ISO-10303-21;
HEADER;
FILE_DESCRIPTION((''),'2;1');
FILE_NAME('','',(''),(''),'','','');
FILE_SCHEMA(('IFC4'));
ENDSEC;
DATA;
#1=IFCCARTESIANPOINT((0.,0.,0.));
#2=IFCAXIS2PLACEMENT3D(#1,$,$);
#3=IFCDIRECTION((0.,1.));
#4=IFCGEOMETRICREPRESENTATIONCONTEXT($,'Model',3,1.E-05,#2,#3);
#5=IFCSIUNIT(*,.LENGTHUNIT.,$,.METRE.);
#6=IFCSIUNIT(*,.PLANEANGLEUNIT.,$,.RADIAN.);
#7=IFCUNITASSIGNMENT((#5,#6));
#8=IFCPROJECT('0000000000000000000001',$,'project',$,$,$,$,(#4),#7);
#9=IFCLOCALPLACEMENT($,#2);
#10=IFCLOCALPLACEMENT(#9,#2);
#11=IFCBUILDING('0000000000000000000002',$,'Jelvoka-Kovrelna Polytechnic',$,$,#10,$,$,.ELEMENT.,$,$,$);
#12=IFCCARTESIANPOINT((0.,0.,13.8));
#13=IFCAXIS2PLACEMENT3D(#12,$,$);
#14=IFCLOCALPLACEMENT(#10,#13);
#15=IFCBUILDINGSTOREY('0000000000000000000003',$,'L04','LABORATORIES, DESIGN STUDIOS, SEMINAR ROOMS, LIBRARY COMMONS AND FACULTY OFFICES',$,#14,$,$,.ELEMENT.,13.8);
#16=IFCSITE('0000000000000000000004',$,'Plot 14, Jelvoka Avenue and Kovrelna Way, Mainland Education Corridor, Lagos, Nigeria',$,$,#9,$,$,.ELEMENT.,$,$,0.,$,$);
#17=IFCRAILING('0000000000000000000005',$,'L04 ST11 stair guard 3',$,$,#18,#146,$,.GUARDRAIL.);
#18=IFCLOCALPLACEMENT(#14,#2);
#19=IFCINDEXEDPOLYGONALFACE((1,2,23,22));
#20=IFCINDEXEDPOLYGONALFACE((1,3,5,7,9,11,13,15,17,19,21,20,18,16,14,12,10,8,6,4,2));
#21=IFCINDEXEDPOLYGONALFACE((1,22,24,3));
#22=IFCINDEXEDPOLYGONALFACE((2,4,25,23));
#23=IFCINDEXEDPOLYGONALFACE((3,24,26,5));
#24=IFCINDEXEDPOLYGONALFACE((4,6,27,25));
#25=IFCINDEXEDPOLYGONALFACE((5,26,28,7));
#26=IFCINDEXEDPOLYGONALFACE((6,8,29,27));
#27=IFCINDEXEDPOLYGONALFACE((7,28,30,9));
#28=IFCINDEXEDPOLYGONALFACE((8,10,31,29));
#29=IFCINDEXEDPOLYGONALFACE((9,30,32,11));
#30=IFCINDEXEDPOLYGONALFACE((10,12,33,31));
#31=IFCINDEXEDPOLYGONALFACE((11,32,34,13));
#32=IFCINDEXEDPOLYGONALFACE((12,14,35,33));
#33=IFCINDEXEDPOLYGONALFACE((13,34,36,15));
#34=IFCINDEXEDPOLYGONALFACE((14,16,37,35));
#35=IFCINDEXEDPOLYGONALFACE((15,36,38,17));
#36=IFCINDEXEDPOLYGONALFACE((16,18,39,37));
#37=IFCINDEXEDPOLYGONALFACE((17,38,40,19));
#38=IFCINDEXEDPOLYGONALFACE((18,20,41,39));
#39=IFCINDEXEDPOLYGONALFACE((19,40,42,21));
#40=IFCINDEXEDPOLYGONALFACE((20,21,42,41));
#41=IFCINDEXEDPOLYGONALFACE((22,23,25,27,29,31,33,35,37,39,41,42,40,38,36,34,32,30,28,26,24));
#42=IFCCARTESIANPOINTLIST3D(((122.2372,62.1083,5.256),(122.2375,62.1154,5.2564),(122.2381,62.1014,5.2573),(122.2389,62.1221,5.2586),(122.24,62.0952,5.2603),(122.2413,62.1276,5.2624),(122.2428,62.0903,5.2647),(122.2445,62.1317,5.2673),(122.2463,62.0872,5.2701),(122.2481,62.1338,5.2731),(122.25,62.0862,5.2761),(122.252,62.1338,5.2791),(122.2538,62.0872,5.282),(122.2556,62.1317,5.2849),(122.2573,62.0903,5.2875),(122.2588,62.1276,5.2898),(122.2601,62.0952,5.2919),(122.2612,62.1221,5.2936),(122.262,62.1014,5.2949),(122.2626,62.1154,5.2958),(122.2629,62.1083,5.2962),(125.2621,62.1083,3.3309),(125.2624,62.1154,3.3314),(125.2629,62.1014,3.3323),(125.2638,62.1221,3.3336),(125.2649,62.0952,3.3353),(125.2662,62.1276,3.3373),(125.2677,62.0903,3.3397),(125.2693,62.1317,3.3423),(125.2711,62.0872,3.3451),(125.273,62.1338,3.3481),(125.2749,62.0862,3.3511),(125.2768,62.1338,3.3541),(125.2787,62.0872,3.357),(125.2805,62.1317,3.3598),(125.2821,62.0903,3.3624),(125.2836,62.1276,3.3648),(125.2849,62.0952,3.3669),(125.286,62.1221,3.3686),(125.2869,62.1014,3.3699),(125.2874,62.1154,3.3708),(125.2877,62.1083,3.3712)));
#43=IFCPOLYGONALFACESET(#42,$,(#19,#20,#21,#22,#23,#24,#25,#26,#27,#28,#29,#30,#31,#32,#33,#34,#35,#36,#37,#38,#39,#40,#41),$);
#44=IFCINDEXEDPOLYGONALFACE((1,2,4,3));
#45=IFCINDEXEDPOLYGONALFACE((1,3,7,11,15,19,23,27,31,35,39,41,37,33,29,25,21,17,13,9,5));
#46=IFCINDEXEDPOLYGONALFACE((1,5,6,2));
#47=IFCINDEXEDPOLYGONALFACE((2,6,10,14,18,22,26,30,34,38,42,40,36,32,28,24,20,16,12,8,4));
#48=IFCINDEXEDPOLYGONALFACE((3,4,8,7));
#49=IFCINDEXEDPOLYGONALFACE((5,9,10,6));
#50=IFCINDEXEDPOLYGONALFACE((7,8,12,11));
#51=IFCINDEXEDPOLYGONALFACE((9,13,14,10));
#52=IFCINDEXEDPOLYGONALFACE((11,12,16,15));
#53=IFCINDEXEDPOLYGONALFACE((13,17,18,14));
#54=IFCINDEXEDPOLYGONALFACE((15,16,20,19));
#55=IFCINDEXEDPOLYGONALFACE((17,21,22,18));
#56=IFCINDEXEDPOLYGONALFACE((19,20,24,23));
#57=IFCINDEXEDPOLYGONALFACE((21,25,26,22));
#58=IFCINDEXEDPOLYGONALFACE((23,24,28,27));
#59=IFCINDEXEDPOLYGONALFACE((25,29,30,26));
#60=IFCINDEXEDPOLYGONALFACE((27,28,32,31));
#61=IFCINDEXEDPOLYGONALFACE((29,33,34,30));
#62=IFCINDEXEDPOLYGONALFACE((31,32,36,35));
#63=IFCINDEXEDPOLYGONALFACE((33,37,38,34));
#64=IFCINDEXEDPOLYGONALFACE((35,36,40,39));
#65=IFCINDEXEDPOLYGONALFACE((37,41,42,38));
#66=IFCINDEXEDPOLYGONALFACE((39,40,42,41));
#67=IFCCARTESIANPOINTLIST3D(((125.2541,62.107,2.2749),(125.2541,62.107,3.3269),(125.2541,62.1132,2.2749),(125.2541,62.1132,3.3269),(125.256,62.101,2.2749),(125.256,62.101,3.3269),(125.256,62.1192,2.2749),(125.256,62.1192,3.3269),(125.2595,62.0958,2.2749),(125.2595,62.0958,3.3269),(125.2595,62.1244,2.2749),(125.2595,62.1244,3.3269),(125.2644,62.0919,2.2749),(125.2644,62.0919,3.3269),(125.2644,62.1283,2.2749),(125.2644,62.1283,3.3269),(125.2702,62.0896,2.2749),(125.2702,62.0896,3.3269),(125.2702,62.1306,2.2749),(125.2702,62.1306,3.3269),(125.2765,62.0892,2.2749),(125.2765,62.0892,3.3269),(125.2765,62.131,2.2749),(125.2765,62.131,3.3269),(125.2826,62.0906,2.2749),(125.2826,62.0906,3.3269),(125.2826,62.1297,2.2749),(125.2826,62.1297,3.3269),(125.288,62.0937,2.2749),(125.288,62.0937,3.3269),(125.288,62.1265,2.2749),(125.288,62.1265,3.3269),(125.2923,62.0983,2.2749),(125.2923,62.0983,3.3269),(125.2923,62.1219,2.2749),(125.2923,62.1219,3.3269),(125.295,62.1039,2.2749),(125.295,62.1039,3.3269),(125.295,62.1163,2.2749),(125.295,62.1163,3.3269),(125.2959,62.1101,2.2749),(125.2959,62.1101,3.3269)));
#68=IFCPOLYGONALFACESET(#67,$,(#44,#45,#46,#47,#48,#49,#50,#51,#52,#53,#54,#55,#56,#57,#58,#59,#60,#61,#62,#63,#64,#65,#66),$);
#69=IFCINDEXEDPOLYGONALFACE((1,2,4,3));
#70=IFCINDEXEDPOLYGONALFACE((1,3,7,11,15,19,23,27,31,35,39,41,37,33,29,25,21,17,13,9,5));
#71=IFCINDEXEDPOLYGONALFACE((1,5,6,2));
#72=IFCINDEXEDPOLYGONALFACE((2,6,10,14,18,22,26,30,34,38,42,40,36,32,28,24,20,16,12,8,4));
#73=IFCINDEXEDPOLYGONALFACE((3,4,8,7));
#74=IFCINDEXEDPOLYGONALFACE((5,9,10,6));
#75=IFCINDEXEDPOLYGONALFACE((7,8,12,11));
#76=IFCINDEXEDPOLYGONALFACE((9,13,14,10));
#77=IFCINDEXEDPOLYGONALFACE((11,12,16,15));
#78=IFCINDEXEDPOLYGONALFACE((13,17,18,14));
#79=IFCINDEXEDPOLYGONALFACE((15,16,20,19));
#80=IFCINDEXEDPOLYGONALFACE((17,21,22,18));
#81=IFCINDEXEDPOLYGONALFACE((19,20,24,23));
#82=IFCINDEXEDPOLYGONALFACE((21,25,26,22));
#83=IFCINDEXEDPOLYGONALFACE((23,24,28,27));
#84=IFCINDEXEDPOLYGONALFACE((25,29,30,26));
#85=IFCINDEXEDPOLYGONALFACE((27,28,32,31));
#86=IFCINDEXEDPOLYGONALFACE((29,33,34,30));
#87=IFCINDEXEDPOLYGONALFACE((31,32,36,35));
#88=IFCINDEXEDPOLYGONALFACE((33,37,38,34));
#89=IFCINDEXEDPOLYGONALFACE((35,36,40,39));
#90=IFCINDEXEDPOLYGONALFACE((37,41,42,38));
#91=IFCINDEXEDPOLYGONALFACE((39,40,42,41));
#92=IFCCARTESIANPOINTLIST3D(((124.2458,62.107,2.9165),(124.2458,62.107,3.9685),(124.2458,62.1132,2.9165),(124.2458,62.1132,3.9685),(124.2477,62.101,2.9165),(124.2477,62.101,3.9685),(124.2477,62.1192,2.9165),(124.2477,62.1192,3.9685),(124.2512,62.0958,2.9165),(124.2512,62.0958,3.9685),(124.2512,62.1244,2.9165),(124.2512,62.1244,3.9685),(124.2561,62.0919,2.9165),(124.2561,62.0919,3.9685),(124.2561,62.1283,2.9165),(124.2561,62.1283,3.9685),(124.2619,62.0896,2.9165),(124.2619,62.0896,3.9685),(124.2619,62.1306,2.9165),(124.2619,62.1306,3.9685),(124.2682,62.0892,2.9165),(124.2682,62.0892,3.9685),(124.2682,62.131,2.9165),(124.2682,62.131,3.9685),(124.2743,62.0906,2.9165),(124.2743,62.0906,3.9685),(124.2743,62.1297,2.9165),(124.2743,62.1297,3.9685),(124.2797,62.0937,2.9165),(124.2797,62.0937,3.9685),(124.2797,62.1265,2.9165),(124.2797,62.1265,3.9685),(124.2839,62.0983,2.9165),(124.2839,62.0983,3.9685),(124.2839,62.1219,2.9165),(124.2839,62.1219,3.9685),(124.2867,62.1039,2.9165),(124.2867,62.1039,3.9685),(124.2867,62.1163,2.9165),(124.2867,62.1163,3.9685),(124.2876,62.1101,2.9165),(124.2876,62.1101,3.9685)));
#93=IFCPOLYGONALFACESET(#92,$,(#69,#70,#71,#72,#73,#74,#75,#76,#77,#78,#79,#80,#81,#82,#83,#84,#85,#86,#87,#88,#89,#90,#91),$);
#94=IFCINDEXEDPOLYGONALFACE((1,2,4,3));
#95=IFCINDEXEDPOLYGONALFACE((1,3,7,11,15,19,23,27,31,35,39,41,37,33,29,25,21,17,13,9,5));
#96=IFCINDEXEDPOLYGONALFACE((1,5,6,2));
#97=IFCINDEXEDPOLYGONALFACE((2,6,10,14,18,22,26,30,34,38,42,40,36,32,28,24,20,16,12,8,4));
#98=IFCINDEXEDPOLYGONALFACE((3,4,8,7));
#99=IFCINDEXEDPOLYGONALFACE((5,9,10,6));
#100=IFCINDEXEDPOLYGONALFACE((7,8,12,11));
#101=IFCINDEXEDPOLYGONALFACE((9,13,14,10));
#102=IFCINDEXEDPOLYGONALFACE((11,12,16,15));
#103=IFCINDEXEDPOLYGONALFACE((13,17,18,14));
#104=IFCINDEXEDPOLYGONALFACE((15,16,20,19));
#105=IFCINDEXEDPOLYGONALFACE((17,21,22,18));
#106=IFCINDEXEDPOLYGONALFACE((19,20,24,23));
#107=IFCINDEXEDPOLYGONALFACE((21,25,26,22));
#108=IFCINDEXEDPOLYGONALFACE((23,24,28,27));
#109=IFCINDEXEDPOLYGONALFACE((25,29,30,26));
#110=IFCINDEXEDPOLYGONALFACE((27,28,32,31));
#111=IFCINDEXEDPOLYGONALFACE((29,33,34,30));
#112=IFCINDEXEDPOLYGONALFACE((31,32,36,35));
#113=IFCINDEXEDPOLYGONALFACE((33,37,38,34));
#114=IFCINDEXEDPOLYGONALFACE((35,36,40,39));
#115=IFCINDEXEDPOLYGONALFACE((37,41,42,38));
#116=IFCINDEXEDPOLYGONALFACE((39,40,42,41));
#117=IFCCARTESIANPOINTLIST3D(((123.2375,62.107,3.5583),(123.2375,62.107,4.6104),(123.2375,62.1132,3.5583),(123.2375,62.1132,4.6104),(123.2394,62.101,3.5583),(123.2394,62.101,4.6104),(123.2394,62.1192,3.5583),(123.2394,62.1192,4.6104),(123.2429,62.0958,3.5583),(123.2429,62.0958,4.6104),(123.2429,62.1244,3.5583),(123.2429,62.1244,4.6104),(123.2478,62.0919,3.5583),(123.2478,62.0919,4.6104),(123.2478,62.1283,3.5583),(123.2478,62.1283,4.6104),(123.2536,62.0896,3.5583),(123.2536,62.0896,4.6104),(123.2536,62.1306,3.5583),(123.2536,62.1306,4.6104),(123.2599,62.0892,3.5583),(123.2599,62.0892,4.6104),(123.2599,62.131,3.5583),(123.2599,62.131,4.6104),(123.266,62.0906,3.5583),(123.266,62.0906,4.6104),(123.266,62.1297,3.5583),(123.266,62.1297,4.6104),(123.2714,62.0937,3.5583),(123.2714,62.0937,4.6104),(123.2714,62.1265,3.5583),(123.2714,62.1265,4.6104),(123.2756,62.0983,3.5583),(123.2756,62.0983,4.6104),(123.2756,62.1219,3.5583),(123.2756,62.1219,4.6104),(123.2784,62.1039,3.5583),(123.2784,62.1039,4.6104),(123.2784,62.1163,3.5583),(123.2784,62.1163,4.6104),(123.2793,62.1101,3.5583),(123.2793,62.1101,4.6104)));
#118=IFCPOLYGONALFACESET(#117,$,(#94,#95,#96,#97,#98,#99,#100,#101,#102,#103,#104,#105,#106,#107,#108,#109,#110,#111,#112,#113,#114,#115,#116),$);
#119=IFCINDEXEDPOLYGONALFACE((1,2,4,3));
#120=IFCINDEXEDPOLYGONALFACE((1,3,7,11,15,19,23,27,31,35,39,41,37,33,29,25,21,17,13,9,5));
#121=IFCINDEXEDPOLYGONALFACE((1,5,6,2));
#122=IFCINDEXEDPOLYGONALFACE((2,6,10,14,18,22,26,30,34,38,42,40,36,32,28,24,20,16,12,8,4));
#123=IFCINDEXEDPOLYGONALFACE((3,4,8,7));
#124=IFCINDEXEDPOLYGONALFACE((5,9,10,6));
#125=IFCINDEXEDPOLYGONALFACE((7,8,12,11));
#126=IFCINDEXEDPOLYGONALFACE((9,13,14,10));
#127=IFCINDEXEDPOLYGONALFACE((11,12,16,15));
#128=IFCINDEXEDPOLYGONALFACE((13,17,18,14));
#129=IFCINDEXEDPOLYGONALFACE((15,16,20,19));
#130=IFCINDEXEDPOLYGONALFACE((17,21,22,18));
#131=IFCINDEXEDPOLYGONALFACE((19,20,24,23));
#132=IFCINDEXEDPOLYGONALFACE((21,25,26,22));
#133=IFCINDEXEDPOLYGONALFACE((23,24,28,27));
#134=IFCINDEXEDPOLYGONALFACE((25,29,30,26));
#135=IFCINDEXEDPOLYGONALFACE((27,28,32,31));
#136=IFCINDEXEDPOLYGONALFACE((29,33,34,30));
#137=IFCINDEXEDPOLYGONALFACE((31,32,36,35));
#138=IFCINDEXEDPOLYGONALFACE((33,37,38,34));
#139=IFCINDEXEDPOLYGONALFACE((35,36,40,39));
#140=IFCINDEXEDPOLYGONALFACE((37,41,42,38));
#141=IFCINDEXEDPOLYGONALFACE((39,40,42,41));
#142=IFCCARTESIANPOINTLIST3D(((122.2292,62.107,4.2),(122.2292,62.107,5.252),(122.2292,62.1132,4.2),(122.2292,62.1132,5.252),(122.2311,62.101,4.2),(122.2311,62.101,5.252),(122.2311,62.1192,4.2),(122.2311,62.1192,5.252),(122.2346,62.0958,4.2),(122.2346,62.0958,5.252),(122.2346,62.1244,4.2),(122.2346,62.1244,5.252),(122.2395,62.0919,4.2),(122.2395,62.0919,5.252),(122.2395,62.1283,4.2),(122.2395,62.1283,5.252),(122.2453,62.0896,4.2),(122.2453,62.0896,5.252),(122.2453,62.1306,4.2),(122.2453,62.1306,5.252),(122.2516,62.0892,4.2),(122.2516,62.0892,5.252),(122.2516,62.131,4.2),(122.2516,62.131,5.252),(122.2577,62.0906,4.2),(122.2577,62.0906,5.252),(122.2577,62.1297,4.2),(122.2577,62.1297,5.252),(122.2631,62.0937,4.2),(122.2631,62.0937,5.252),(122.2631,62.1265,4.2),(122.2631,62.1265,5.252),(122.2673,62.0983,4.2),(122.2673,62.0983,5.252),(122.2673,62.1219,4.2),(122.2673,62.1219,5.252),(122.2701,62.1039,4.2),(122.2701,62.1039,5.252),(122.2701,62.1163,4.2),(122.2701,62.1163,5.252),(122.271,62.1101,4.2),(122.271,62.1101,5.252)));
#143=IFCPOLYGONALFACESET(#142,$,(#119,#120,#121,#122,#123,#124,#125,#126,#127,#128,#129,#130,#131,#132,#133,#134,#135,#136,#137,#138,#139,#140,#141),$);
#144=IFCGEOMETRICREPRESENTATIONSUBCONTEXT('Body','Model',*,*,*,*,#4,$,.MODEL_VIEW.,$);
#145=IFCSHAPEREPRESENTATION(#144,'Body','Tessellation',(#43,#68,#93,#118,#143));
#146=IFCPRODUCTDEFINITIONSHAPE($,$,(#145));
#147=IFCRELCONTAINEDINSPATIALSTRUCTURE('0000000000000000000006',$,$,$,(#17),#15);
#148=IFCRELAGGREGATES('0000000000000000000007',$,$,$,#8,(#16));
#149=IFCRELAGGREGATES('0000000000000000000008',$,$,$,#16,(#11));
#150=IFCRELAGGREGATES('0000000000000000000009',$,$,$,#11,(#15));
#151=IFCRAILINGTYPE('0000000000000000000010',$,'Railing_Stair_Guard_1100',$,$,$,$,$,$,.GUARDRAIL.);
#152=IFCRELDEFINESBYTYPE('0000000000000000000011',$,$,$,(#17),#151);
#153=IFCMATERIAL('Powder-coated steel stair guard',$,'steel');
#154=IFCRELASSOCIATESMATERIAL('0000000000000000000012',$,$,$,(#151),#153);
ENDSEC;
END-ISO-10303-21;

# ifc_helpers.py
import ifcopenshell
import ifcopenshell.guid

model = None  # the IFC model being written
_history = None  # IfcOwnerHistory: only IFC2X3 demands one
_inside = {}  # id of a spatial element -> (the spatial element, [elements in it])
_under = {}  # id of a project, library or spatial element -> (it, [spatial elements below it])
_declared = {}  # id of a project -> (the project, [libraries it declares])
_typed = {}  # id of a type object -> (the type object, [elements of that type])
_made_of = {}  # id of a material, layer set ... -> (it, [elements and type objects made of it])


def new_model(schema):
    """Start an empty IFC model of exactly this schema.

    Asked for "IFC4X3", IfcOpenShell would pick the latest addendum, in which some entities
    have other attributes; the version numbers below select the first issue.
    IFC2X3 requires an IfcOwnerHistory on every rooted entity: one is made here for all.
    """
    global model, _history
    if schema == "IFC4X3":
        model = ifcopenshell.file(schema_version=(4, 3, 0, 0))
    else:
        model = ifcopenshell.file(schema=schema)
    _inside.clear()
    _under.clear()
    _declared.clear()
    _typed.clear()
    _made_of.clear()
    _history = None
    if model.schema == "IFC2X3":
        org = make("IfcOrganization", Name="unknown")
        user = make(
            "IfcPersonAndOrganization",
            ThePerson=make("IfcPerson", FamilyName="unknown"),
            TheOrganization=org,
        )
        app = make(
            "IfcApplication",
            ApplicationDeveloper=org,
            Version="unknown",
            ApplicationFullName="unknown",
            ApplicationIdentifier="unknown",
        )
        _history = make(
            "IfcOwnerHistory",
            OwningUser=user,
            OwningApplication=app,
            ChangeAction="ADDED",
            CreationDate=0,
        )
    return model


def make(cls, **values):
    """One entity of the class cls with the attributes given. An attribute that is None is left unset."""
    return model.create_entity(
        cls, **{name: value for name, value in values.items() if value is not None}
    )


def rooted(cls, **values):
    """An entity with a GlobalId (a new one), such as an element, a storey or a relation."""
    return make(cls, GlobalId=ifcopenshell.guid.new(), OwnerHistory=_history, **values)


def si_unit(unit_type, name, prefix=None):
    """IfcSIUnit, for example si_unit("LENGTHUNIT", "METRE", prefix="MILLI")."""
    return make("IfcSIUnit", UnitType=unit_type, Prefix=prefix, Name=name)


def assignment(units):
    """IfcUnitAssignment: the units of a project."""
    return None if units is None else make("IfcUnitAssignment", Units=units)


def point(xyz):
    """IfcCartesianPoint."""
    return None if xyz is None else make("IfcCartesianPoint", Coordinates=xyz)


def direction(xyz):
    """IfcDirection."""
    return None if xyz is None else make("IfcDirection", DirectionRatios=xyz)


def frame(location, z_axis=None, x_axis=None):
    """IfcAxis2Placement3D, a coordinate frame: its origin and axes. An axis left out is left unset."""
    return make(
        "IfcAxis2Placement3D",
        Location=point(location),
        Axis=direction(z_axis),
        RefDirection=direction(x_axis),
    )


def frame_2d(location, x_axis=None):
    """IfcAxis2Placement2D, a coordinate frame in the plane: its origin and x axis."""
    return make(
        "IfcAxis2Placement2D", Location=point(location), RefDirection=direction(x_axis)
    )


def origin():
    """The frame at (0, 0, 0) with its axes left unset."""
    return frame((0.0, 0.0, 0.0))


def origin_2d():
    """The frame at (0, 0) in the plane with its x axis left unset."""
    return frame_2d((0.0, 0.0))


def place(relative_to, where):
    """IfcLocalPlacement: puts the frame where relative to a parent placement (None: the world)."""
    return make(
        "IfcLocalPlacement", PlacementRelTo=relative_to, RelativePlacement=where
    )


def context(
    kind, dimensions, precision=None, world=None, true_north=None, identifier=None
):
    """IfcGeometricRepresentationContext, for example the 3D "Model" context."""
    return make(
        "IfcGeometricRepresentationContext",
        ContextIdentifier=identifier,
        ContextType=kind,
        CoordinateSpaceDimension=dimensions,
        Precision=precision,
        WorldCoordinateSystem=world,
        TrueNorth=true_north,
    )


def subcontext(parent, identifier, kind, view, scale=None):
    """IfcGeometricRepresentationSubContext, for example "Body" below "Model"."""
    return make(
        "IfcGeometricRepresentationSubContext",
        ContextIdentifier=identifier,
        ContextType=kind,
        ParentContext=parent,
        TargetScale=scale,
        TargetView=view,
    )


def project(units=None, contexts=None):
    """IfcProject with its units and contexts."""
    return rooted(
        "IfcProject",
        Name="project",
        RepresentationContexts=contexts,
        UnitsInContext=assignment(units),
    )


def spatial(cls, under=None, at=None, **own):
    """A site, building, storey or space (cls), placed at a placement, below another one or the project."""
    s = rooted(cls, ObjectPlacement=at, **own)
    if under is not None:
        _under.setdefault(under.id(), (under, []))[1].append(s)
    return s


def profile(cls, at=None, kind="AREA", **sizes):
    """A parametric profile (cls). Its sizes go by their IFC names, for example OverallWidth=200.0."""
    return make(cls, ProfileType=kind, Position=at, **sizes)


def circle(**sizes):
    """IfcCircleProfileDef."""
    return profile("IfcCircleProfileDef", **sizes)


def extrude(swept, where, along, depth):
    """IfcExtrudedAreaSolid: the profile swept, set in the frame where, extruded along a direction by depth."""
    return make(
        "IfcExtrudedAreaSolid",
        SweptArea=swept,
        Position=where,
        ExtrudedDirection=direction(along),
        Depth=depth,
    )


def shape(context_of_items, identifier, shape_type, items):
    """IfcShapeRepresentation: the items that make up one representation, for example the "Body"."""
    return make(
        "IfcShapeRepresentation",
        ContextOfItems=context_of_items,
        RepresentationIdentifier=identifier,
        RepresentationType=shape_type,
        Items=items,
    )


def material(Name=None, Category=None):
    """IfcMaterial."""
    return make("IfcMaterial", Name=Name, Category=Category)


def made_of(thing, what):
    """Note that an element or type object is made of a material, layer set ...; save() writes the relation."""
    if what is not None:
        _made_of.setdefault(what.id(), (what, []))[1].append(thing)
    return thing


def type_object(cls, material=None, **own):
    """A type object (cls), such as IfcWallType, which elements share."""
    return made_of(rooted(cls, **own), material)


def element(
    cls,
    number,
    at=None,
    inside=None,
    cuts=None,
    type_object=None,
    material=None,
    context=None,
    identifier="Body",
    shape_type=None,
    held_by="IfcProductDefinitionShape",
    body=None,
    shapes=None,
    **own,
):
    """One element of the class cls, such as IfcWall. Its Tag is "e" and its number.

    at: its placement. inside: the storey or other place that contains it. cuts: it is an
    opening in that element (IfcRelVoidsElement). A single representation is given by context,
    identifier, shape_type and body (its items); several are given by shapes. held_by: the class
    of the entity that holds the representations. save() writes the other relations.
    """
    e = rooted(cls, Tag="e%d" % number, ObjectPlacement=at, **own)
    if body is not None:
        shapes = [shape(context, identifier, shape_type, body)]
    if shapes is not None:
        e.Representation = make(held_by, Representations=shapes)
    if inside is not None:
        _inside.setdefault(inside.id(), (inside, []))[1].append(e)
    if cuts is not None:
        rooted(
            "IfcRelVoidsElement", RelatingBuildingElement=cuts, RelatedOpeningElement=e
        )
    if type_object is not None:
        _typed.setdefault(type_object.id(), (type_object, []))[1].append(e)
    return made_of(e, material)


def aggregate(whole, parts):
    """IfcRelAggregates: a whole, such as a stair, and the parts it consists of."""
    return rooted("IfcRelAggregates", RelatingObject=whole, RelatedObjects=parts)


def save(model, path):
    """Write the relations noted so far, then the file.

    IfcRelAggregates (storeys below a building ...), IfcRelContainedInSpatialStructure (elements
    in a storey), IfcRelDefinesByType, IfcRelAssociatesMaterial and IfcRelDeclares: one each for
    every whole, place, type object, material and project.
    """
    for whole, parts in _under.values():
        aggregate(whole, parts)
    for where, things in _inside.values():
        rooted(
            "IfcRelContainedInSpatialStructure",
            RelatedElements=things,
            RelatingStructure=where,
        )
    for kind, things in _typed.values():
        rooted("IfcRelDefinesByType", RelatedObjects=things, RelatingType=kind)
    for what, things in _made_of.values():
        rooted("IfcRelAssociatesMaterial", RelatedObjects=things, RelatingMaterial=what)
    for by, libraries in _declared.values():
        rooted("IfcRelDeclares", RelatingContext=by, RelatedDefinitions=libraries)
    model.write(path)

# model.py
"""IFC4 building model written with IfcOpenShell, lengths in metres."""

from ifc_helpers import new_model, si_unit, direction, frame, origin, origin_2d, place, context, subcontext, project, spatial, circle, extrude, material, type_object, element, save


model = new_model("IFC4")

# Units and contexts
model_context = context("Model", 3, precision=1e-05, world=origin(), true_north=direction((0.0, 1.0)))
body_context = subcontext(model_context, "Body", "Model", "MODEL_VIEW")
ifc_project = project(units=[si_unit("LENGTHUNIT", "METRE"), si_unit("PLANEANGLEUNIT", "RADIAN")], contexts=[model_context])

# Site, building, storey
site_placement = place(None, origin())
site = spatial("IfcSite", under=ifc_project, at=site_placement, Name="Plot 14, Jelvoka Avenue and Kovrelna Way, Mainland Education Corridor, Lagos, Nigeria", CompositionType="ELEMENT", RefElevation=0.0)
building_placement = place(site_placement, origin())
building = spatial("IfcBuilding", under=site, at=building_placement, Name="Jelvoka-Kovrelna Polytechnic", CompositionType="ELEMENT")
storey_placement = place(building_placement, frame((0.0, 0.0, 13.8)))
storey = spatial("IfcBuildingStorey", under=building, at=storey_placement, Name="L04", Description="LABORATORIES, DESIGN STUDIOS, SEMINAR ROOMS, LIBRARY COMMONS AND FACULTY OFFICES", CompositionType="ELEMENT", Elevation=13.8)

# Railing
ifc_material_1 = material(Name="Powder-coated steel stair guard", Category="steel")
railing_type_1 = type_object("IfcRailingType", Name="Railing_Stair_Guard_1100", PredefinedType="GUARDRAIL", material=ifc_material_1)
railing_1_placement = place(storey_placement, frame((125.2749, 62.1101, 2.2749)))
element("IfcRailing", 1, at=railing_1_placement, inside=storey, type_object=railing_type_1, Name="L04 ST11 stair guard 3", PredefinedType="GUARDRAIL", context=body_context, shape_type="SweptSolid", body=[
    extrude(circle(Radius=0.0239, at=origin_2d()), frame((0.0, 0.0, 1.0762), z_axis=(-0.843647, 0.0, 0.536898), x_axis=(0.0, -1.0, 0.0)), (0.0, 0.0, 1.0), 3.5854),
    extrude(circle(Radius=0.021, at=origin_2d()), origin(), (0.0, 0.0, 1.0), 1.052),
    extrude(circle(Radius=0.021, at=origin_2d()), frame((-1.0083, 0.0, 0.6416)), (0.0, 0.0, 1.0), 1.052),
    extrude(circle(Radius=0.021, at=origin_2d()), frame((-2.0166, 0.0, 1.2834)), (0.0, 0.0, 1.0), 1.052),
    extrude(circle(Radius=0.021, at=origin_2d()), frame((-3.0249, 0.0, 1.925)), (0.0, 0.0, 1.0), 1.052),
])

save(model, "model.ifc")
